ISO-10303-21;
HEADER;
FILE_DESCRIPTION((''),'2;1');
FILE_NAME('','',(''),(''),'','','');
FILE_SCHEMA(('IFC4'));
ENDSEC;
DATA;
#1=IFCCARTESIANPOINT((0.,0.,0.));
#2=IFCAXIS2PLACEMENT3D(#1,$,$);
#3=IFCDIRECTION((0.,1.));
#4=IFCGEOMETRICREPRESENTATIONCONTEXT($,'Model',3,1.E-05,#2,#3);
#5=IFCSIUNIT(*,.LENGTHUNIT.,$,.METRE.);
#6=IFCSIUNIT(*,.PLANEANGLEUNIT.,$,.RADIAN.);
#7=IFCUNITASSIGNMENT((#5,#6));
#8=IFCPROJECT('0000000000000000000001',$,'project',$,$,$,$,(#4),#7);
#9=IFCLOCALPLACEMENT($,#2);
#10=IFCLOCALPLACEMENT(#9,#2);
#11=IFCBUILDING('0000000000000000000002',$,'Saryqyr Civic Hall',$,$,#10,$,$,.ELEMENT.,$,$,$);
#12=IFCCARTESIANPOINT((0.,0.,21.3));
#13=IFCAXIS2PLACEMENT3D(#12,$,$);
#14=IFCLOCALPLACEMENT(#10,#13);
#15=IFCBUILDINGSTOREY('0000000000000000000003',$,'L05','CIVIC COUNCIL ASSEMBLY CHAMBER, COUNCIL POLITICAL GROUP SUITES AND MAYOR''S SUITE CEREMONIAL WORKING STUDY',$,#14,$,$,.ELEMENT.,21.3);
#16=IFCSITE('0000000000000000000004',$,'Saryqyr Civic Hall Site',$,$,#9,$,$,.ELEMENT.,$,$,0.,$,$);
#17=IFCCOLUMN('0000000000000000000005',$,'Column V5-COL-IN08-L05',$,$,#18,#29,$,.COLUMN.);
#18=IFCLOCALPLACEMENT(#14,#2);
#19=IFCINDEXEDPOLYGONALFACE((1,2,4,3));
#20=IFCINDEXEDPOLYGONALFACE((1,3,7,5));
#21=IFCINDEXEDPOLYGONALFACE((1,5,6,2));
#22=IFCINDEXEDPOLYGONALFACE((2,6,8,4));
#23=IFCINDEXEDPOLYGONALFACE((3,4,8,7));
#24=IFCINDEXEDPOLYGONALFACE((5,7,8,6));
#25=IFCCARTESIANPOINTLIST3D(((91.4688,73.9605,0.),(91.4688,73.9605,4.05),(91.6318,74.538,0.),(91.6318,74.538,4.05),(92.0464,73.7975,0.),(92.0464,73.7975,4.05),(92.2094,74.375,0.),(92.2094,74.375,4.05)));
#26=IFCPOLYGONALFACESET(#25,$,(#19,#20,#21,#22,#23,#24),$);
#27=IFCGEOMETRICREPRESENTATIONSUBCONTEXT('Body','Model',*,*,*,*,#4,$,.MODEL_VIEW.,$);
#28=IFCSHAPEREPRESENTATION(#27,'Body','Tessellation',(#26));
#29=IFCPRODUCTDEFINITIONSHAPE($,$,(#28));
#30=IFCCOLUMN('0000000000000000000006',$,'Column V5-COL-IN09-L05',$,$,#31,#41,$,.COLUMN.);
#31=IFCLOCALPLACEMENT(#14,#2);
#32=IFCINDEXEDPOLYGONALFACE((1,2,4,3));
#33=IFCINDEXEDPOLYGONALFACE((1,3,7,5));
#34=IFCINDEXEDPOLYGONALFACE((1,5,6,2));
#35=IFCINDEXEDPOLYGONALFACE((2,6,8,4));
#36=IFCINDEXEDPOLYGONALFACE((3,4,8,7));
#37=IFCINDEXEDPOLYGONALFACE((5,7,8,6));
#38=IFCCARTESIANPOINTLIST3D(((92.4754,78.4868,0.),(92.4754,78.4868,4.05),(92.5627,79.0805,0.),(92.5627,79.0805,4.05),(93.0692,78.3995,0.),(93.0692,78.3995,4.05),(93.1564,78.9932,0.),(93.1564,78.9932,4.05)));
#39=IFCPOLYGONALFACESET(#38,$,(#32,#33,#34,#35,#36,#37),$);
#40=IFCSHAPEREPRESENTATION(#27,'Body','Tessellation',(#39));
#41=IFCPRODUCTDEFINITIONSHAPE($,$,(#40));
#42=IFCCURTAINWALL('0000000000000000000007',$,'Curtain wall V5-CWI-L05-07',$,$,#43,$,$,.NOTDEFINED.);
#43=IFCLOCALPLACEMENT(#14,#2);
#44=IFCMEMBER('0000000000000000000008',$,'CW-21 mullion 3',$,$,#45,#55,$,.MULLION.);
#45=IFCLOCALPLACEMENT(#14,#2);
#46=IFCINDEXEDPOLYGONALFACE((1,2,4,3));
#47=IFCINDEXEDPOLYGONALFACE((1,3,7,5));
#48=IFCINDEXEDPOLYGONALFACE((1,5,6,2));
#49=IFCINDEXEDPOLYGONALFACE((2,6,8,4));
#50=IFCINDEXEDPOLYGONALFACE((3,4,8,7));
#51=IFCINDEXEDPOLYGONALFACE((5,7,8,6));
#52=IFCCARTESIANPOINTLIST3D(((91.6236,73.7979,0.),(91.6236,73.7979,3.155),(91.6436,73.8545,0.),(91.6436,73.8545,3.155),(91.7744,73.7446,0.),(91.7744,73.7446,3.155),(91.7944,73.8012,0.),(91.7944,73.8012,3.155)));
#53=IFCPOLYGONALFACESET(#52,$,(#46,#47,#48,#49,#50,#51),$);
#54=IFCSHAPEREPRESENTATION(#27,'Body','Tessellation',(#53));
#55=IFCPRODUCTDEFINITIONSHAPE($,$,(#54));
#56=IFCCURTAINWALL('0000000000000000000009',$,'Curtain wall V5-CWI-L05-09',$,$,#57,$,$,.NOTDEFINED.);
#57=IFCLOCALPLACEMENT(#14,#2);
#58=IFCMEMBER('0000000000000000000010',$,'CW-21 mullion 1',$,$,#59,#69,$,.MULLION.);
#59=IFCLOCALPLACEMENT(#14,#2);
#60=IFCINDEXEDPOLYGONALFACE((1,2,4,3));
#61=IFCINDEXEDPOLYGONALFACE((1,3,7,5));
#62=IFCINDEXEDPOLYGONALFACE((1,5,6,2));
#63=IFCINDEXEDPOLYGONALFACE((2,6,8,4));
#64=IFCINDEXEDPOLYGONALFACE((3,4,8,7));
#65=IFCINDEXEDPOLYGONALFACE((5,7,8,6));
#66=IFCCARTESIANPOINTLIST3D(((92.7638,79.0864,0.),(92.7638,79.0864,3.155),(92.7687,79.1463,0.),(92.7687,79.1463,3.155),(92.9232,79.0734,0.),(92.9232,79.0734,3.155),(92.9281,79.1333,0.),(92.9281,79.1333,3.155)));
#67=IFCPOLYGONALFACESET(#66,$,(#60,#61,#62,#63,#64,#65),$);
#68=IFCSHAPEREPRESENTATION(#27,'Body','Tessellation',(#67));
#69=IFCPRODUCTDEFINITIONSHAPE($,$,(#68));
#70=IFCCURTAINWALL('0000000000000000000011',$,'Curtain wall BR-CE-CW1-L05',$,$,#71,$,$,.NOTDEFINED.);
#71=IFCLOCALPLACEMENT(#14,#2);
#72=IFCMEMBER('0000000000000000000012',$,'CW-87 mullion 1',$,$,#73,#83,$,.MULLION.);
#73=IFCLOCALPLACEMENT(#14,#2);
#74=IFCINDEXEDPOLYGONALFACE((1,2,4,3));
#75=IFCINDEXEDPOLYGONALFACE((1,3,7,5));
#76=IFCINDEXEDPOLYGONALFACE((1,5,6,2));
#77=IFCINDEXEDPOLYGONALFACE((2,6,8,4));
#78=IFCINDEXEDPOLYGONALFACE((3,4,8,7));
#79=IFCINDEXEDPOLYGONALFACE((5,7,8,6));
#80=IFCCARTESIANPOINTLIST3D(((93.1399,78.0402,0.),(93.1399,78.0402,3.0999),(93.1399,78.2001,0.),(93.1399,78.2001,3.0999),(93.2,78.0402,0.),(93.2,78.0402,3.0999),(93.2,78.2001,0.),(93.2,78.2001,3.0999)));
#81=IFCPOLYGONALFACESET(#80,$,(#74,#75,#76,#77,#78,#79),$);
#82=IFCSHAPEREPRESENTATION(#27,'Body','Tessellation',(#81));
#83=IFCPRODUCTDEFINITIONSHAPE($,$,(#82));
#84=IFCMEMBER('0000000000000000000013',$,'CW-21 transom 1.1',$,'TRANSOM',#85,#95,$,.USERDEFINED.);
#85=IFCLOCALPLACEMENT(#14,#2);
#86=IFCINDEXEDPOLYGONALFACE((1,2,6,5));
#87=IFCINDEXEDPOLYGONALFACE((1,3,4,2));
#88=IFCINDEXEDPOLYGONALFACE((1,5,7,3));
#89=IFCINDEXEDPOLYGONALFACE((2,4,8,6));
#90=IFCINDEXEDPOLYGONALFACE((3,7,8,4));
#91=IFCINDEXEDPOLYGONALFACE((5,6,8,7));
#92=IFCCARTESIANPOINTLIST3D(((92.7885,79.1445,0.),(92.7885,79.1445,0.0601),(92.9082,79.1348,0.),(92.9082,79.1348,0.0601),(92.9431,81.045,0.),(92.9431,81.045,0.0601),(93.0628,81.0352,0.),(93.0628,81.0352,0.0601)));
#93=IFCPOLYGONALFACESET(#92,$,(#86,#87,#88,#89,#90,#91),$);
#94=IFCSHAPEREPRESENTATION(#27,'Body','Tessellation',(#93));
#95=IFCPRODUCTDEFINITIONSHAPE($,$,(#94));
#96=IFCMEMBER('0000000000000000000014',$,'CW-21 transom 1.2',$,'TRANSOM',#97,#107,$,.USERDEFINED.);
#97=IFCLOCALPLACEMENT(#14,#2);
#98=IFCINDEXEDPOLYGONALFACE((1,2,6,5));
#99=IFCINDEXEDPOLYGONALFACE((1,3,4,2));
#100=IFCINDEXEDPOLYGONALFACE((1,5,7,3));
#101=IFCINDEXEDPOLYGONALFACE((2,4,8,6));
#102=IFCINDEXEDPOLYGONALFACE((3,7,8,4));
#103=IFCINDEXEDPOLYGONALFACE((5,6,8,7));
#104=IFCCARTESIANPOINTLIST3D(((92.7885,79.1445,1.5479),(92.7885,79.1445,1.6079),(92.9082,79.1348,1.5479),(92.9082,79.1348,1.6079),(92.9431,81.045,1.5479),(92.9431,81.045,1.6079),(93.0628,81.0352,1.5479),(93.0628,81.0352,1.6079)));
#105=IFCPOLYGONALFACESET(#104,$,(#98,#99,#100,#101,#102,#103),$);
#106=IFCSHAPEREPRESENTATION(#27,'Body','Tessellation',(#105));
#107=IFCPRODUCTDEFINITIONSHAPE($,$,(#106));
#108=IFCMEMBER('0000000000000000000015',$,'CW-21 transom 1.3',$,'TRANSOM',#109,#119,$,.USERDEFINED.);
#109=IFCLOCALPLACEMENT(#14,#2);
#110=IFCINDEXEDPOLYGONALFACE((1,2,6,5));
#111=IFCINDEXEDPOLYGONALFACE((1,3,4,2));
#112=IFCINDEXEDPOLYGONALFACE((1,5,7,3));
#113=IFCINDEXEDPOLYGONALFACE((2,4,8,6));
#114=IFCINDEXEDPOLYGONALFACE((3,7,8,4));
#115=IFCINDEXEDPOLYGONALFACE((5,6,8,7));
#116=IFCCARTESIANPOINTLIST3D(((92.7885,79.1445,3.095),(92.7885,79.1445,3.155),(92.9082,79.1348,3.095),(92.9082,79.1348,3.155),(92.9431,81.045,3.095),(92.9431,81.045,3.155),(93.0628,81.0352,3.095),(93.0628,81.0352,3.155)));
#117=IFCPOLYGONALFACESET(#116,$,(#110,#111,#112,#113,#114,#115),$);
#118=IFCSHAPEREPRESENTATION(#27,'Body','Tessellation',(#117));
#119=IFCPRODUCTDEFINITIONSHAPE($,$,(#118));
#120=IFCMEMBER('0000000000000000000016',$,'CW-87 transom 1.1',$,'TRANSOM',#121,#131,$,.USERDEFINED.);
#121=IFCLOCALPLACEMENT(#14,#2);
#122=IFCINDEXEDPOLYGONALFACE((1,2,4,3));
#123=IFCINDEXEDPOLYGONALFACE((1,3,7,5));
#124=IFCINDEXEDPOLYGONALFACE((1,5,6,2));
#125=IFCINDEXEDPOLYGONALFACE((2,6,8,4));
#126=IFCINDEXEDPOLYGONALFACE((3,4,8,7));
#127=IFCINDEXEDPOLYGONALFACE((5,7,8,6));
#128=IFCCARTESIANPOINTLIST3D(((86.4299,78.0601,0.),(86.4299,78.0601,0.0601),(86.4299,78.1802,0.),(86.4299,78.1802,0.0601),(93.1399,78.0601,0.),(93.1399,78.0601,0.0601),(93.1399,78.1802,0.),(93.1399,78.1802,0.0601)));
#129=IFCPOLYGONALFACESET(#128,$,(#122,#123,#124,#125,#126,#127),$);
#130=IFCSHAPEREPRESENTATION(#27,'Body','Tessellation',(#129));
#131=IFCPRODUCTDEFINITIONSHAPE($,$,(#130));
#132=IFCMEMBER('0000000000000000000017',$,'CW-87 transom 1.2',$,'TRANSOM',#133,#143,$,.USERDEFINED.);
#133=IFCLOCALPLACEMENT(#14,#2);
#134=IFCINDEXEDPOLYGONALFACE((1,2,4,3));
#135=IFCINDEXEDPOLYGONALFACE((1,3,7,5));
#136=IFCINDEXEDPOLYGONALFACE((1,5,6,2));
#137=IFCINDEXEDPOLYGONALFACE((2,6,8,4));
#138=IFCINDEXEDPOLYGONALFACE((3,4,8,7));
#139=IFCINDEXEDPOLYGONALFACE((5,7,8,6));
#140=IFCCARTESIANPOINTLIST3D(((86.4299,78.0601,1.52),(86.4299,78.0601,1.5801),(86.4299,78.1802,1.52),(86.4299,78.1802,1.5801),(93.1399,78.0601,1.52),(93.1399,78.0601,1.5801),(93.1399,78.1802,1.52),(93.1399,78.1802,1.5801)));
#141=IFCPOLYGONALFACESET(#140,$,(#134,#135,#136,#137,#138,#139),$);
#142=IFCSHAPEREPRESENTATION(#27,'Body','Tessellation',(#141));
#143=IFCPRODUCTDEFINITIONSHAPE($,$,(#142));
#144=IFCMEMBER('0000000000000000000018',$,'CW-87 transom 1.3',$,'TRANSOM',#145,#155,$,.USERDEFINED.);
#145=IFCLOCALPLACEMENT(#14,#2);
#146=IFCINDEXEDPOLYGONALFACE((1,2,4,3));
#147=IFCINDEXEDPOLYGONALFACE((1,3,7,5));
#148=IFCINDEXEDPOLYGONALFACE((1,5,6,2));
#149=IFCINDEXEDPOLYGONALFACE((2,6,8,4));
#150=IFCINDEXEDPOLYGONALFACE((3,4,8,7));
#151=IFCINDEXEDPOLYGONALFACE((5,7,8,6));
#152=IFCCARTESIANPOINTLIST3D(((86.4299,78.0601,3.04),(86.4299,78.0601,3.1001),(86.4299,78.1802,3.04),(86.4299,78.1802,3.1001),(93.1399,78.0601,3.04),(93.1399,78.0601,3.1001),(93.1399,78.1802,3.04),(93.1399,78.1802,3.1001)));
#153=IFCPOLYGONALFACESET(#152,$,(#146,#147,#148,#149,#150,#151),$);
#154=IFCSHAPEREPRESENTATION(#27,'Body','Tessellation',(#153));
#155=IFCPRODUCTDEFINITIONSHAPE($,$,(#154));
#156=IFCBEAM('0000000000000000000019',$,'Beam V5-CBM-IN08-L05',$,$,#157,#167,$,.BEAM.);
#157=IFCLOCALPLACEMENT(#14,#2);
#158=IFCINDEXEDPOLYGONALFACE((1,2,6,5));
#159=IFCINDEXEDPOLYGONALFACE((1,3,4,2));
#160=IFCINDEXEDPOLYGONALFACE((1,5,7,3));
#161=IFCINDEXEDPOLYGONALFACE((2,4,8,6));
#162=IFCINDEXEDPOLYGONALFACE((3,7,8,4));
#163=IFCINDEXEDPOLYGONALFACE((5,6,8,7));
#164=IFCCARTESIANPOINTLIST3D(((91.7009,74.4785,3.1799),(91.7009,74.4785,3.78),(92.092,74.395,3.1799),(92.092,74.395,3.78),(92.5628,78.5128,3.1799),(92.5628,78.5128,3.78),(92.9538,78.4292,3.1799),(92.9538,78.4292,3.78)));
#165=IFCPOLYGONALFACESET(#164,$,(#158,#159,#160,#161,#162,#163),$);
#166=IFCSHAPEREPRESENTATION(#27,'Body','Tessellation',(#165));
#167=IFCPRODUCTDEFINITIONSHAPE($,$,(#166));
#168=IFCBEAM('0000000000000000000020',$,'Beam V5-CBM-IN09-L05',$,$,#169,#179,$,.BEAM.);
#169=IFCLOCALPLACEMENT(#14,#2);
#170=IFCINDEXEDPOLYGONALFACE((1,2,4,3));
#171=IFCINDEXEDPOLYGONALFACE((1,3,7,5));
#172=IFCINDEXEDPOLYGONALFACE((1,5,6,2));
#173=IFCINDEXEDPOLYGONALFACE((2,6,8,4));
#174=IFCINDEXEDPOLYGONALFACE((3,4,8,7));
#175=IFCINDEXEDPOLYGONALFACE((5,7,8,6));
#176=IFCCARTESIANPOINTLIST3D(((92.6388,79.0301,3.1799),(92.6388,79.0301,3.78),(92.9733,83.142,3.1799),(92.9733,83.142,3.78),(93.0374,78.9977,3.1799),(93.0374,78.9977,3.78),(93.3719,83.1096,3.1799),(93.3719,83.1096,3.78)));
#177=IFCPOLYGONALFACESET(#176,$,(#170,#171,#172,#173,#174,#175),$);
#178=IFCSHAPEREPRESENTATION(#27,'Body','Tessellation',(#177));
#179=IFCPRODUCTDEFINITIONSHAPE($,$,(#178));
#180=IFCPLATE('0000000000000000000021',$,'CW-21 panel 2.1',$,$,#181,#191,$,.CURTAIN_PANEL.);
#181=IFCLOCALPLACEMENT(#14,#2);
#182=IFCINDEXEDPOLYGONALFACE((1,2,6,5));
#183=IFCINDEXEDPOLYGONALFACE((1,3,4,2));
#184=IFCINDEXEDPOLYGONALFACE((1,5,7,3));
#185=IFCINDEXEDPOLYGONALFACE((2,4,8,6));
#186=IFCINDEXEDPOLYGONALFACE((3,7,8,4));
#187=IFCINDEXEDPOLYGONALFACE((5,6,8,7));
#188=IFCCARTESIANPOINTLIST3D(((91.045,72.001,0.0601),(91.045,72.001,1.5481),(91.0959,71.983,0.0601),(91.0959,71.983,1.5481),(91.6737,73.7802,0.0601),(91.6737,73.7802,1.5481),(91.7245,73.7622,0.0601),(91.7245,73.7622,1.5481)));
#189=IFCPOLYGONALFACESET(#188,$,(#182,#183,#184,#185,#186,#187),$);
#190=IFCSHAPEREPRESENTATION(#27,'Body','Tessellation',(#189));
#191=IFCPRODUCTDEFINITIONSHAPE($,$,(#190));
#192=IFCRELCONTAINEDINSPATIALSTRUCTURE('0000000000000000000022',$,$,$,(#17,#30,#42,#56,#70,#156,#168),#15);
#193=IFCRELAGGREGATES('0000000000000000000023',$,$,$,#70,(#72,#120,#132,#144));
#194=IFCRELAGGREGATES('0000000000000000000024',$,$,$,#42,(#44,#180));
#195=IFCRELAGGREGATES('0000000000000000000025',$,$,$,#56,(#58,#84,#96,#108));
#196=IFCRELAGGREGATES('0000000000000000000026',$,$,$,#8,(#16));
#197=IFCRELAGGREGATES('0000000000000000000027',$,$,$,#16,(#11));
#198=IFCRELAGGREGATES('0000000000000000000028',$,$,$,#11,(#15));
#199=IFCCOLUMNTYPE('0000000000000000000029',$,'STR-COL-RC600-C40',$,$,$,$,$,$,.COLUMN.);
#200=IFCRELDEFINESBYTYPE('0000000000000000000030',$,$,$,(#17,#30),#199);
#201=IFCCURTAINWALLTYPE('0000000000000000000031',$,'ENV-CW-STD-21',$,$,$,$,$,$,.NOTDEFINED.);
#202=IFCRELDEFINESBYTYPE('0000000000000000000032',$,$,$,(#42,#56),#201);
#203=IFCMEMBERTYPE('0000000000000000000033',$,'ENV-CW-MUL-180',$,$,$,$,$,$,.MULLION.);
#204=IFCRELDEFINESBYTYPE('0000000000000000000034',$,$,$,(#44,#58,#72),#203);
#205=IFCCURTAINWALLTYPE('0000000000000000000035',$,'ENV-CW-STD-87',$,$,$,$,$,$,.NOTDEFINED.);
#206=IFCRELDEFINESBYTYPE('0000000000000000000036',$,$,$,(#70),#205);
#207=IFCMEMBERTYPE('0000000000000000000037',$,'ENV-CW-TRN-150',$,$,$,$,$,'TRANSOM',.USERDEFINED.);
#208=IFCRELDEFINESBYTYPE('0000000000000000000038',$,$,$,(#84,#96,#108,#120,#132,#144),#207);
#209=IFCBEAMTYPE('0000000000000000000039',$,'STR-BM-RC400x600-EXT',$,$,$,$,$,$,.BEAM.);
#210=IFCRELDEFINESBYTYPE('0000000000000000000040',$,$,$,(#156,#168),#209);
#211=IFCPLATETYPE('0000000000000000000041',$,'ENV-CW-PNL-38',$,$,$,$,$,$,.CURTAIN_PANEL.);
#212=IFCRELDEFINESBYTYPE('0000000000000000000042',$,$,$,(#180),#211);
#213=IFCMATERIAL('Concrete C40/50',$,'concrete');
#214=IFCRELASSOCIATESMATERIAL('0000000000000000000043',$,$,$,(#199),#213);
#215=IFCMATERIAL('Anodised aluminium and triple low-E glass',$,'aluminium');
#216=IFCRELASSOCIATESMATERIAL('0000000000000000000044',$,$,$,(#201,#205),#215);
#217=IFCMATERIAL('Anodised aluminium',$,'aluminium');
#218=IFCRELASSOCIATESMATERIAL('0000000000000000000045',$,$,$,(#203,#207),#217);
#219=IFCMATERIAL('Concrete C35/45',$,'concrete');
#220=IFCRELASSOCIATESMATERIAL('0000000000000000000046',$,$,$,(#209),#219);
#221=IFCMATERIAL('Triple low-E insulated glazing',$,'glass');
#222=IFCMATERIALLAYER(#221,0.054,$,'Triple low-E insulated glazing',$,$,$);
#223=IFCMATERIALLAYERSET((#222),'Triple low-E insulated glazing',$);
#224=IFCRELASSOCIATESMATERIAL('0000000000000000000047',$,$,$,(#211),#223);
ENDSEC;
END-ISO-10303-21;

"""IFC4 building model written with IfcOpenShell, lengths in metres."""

from ifc_helpers import new_model, si_unit, direction, frame, origin, origin_2d, place, context, subcontext, project, spatial, rectangle, extrude, material, layer, layer_set, material_profile, profile_set, type_object, element, aggregate, save


model = new_model("IFC4")

# Units and contexts
model_context = context("Model", 3, precision=1e-05, world=origin(), true_north=direction((0.0, 1.0)))
body_context = subcontext(model_context, "Body", "Model", "MODEL_VIEW")
ifc_project = project(units=[si_unit("LENGTHUNIT", "METRE"), si_unit("PLANEANGLEUNIT", "RADIAN")], contexts=[model_context])

# Site, building, storey
site_placement = place(None, origin())
site = spatial("IfcSite", under=ifc_project, at=site_placement, Name="Saryqyr Civic Hall Site", CompositionType="ELEMENT", RefElevation=0.0)
building_placement = place(site_placement, origin())
building = spatial("IfcBuilding", under=site, at=building_placement, Name="Saryqyr Civic Hall", CompositionType="ELEMENT")
storey_placement = place(building_placement, frame((0.0, 0.0, 21.3)))
storey = spatial("IfcBuildingStorey", under=building, at=storey_placement, Name="L05", Description="CIVIC COUNCIL ASSEMBLY CHAMBER, COUNCIL POLITICAL GROUP SUITES AND MAYOR'S SUITE CEREMONIAL WORKING STUDY", CompositionType="ELEMENT", Elevation=21.3)

# Columns
ifc_material_1 = material(Name="Concrete C40/50", Category="concrete")
ifc_material_profile_1 = material_profile(ifc_material_1, rectangle(XDim=0.6001, YDim=0.6001, at=origin_2d()), Name="RC 600x600")
ifc_profile_set_1 = profile_set([ifc_material_profile_1], Name="Concrete C40/50")
column_type = type_object("IfcColumnType", Name="STR-COL-RC600-C40", PredefinedType="COLUMN", material=ifc_profile_set_1)
for number, where, z_axis, x_axis, name in (
    (1, (91.8391, 74.1677, 0.0), (0.0, 0.0, 1.0), (0.962408, -0.271608, 0.0), "Column V5-COL-IN08-L05"),
    (2, (92.8159, 78.74, 0.0), (0.0, 0.0, 1.0), (0.989374, -0.145392, 0.0), "Column V5-COL-IN09-L05"),
):
    element("IfcColumn", number, at=place(storey_placement, frame(where, z_axis=z_axis, x_axis=x_axis)), inside=storey, type_object=column_type, Name=name, PredefinedType="COLUMN", context=body_context, shape_type="SweptSolid", body=[
        extrude(rectangle(XDim=0.6001, YDim=0.6001, at=origin_2d()), origin(), (0.0, 0.0, 1.0), 4.05),
    ])

# Curtain walls, members
ifc_material_2 = material(Name="Anodised aluminium and triple low-E glass", Category="aluminium")
curtain_wall_type_1 = type_object("IfcCurtainWallType", Name="ENV-CW-STD-21", PredefinedType="NOTDEFINED", material=ifc_material_2)
curtain_wall_1_placement = place(storey_placement, origin())
curtain_wall_1 = element("IfcCurtainWall", 3, at=curtain_wall_1_placement, inside=storey, type_object=curtain_wall_type_1, Name="Curtain wall V5-CWI-L05-07", PredefinedType="NOTDEFINED")
ifc_material_3 = material(Name="Anodised aluminium", Category="aluminium")
ifc_material_profile_2 = material_profile(ifc_material_3, rectangle(XDim=0.0601, YDim=0.1599, at=origin_2d()), Name="ALU MULLION 60x160")
ifc_profile_set_2 = profile_set([ifc_material_profile_2], Name="Anodised aluminium")
member_type_1 = type_object("IfcMemberType", Name="ENV-CW-MUL-180", PredefinedType="MULLION", material=ifc_profile_set_2)
member_1_placement = place(storey_placement, frame((91.709, 73.7996, 0.0), z_axis=(0.0, 0.0, 1.0), x_axis=(0.333172, 0.942866, 0.0)))
member_1 = element("IfcMember", 4, at=member_1_placement, type_object=member_type_1, Name="CW-21 mullion 3", PredefinedType="MULLION", context=body_context, shape_type="SweptSolid", body=[
    extrude(rectangle(XDim=0.0601, YDim=0.1599, at=origin_2d()), origin(), (0.0, 0.0, 1.0), 3.155),
])
curtain_wall_2_placement = place(storey_placement, origin())
curtain_wall_2 = element("IfcCurtainWall", 5, at=curtain_wall_2_placement, inside=storey, type_object=curtain_wall_type_1, Name="Curtain wall V5-CWI-L05-09", PredefinedType="NOTDEFINED")
member_2_placement = place(storey_placement, frame((92.8459, 79.1099, 0.0), z_axis=(0.0, 0.0, 1.0), x_axis=(0.081091, 0.996707, 0.0)))
member_2 = element("IfcMember", 6, at=member_2_placement, type_object=member_type_1, Name="CW-21 mullion 1", PredefinedType="MULLION", context=body_context, shape_type="SweptSolid", body=[
    extrude(rectangle(XDim=0.0601, YDim=0.1599, at=origin_2d()), origin(), (0.0, 0.0, 1.0), 3.155),
])
curtain_wall_type_2 = type_object("IfcCurtainWallType", Name="ENV-CW-STD-87", PredefinedType="NOTDEFINED", material=ifc_material_2)
curtain_wall_3_placement = place(storey_placement, origin())
curtain_wall_3 = element("IfcCurtainWall", 7, at=curtain_wall_3_placement, inside=storey, type_object=curtain_wall_type_2, Name="Curtain wall BR-CE-CW1-L05", PredefinedType="NOTDEFINED")
member_3_placement = place(storey_placement, frame((93.1699, 78.1201, 0.0), z_axis=(0.0, 0.0, 1.0), x_axis=(-1.0, 0.0, 0.0)))
member_3 = element("IfcMember", 8, at=member_3_placement, type_object=member_type_1, Name="CW-87 mullion 1", PredefinedType="MULLION", context=body_context, shape_type="SweptSolid", body=[
    extrude(rectangle(XDim=0.0601, YDim=0.1599, at=origin_2d()), origin(), (0.0, 0.0, 1.0), 3.0999),
])

# Members
ifc_material_profile_3 = material_profile(ifc_material_3, rectangle(XDim=0.1201, YDim=0.0601, at=origin_2d()), Name="ALU TRANSOM 120x60")
ifc_profile_set_3 = profile_set([ifc_material_profile_3], Name="Anodised aluminium")
member_type_2 = type_object("IfcMemberType", Name="ENV-CW-TRN-150", ElementType="TRANSOM", PredefinedType="USERDEFINED", material=ifc_profile_set_3)
member_4_placement = place(storey_placement, frame((92.8484, 79.1396, 0.03), z_axis=(0.081053, 0.99671, 0.0), x_axis=(-0.99671, 0.081053, 0.0)))
member_4 = element("IfcMember", 9, at=member_4_placement, type_object=member_type_2, Name="CW-21 transom 1.1", ObjectType="TRANSOM", PredefinedType="USERDEFINED", context=body_context, shape_type="SweptSolid", body=[
    extrude(rectangle(XDim=0.1201, YDim=0.0601, at=origin_2d()), origin(), (0.0, 0.0, 1.0), 1.9067),
])
member_5_placement = place(storey_placement, frame((92.8484, 79.1396, 1.5779), z_axis=(0.081053, 0.99671, 0.0), x_axis=(-0.99671, 0.081053, 0.0)))
member_5 = element("IfcMember", 10, at=member_5_placement, type_object=member_type_2, Name="CW-21 transom 1.2", ObjectType="TRANSOM", PredefinedType="USERDEFINED", context=body_context, shape_type="SweptSolid", body=[
    extrude(rectangle(XDim=0.1201, YDim=0.0601, at=origin_2d()), origin(), (0.0, 0.0, 1.0), 1.9067),
])
member_6_placement = place(storey_placement, frame((92.8484, 79.1396, 3.125), z_axis=(0.081053, 0.99671, 0.0), x_axis=(-0.99671, 0.081053, 0.0)))
member_6 = element("IfcMember", 11, at=member_6_placement, type_object=member_type_2, Name="CW-21 transom 1.3", ObjectType="TRANSOM", PredefinedType="USERDEFINED", context=body_context, shape_type="SweptSolid", body=[
    extrude(rectangle(XDim=0.1201, YDim=0.0601, at=origin_2d()), origin(), (0.0, 0.0, 1.0), 1.9067),
])
member_7_placement = place(storey_placement, frame((93.1399, 78.1201, 0.03), z_axis=(-1.0, 0.0, 0.0), x_axis=(0.0, -1.0, 0.0)))
member_7 = element("IfcMember", 12, at=member_7_placement, type_object=member_type_2, Name="CW-87 transom 1.1", ObjectType="TRANSOM", PredefinedType="USERDEFINED", context=body_context, shape_type="SweptSolid", body=[
    extrude(rectangle(XDim=0.1201, YDim=0.0601, at=origin_2d()), origin(), (0.0, 0.0, 1.0), 6.71),
])
member_8_placement = place(storey_placement, frame((93.1399, 78.1201, 1.55), z_axis=(-1.0, 0.0, 0.0), x_axis=(0.0, -1.0, 0.0)))
member_8 = element("IfcMember", 13, at=member_8_placement, type_object=member_type_2, Name="CW-87 transom 1.2", ObjectType="TRANSOM", PredefinedType="USERDEFINED", context=body_context, shape_type="SweptSolid", body=[
    extrude(rectangle(XDim=0.1201, YDim=0.0601, at=origin_2d()), origin(), (0.0, 0.0, 1.0), 6.71),
])
member_9_placement = place(storey_placement, frame((93.1399, 78.1201, 3.0701), z_axis=(-1.0, 0.0, 0.0), x_axis=(0.0, -1.0, 0.0)))
member_9 = element("IfcMember", 14, at=member_9_placement, type_object=member_type_2, Name="CW-87 transom 1.3", ObjectType="TRANSOM", PredefinedType="USERDEFINED", context=body_context, shape_type="SweptSolid", body=[
    extrude(rectangle(XDim=0.1201, YDim=0.0601, at=origin_2d()), origin(), (0.0, 0.0, 1.0), 6.71),
])
aggregate(curtain_wall_3, [member_3, member_7, member_8, member_9])

# Beams
ifc_material_4 = material(Name="Concrete C35/45", Category="concrete")
ifc_material_profile_4 = material_profile(ifc_material_4, rectangle(XDim=0.3999, YDim=0.6001, at=origin_2d()), Name="RC 400x600")
ifc_profile_set_4 = profile_set([ifc_material_profile_4], Name="Concrete C35/45")
beam_type = type_object("IfcBeamType", Name="STR-BM-RC400x600-EXT", PredefinedType="BEAM", material=ifc_profile_set_4)
beam_1_placement = place(storey_placement, frame((91.8965, 74.4368, 3.48), z_axis=(0.208915, 0.977934, 0.0), x_axis=(-0.977934, 0.208915, 0.0)))
element("IfcBeam", 15, at=beam_1_placement, inside=storey, type_object=beam_type, Name="Beam V5-CBM-IN08-L05", PredefinedType="BEAM", context=body_context, shape_type="SweptSolid", body=[
    extrude(rectangle(XDim=0.3999, YDim=0.6001, at=origin_2d()), origin(), (0.0, 0.0, 1.0), 4.1252),
])
beam_2_placement = place(storey_placement, frame((92.8381, 79.0139, 3.48), z_axis=(0.081076, 0.996708, 0.0), x_axis=(-0.996708, 0.081076, 0.0)))
element("IfcBeam", 16, at=beam_2_placement, inside=storey, type_object=beam_type, Name="Beam V5-CBM-IN09-L05", PredefinedType="BEAM", context=body_context, shape_type="SweptSolid", body=[
    extrude(rectangle(XDim=0.3999, YDim=0.6001, at=origin_2d()), origin(), (0.0, 0.0, 1.0), 4.1255),
])

# Plate
ifc_material_5 = material(Name="Triple low-E insulated glazing", Category="glass")
ifc_layer_1 = layer(ifc_material_5, 0.054, Name="Triple low-E insulated glazing")
ifc_layer_set_1 = layer_set([ifc_layer_1], Name="Triple low-E insulated glazing")
plate_type = type_object("IfcPlateType", Name="ENV-CW-PNL-38", PredefinedType="CURTAIN_PANEL", material=ifc_layer_set_1)
plate_1_placement = place(storey_placement, frame((91.3848, 72.8816, 0.0601), z_axis=(0.0, 0.0, 1.0), x_axis=(0.333172, 0.942866, 0.0)))
plate_1 = element("IfcPlate", 17, at=plate_1_placement, type_object=plate_type, Name="CW-21 panel 2.1", PredefinedType="CURTAIN_PANEL", context=body_context, shape_type="SweptSolid", body=[
    extrude(rectangle(XDim=1.887, YDim=0.054, at=origin_2d()), origin(), (0.0, 0.0, 1.0), 1.488),
])
aggregate(curtain_wall_1, [member_1, plate_1])
aggregate(curtain_wall_2, [member_2, member_4, member_5, member_6])

save(model, "model.ifc")
